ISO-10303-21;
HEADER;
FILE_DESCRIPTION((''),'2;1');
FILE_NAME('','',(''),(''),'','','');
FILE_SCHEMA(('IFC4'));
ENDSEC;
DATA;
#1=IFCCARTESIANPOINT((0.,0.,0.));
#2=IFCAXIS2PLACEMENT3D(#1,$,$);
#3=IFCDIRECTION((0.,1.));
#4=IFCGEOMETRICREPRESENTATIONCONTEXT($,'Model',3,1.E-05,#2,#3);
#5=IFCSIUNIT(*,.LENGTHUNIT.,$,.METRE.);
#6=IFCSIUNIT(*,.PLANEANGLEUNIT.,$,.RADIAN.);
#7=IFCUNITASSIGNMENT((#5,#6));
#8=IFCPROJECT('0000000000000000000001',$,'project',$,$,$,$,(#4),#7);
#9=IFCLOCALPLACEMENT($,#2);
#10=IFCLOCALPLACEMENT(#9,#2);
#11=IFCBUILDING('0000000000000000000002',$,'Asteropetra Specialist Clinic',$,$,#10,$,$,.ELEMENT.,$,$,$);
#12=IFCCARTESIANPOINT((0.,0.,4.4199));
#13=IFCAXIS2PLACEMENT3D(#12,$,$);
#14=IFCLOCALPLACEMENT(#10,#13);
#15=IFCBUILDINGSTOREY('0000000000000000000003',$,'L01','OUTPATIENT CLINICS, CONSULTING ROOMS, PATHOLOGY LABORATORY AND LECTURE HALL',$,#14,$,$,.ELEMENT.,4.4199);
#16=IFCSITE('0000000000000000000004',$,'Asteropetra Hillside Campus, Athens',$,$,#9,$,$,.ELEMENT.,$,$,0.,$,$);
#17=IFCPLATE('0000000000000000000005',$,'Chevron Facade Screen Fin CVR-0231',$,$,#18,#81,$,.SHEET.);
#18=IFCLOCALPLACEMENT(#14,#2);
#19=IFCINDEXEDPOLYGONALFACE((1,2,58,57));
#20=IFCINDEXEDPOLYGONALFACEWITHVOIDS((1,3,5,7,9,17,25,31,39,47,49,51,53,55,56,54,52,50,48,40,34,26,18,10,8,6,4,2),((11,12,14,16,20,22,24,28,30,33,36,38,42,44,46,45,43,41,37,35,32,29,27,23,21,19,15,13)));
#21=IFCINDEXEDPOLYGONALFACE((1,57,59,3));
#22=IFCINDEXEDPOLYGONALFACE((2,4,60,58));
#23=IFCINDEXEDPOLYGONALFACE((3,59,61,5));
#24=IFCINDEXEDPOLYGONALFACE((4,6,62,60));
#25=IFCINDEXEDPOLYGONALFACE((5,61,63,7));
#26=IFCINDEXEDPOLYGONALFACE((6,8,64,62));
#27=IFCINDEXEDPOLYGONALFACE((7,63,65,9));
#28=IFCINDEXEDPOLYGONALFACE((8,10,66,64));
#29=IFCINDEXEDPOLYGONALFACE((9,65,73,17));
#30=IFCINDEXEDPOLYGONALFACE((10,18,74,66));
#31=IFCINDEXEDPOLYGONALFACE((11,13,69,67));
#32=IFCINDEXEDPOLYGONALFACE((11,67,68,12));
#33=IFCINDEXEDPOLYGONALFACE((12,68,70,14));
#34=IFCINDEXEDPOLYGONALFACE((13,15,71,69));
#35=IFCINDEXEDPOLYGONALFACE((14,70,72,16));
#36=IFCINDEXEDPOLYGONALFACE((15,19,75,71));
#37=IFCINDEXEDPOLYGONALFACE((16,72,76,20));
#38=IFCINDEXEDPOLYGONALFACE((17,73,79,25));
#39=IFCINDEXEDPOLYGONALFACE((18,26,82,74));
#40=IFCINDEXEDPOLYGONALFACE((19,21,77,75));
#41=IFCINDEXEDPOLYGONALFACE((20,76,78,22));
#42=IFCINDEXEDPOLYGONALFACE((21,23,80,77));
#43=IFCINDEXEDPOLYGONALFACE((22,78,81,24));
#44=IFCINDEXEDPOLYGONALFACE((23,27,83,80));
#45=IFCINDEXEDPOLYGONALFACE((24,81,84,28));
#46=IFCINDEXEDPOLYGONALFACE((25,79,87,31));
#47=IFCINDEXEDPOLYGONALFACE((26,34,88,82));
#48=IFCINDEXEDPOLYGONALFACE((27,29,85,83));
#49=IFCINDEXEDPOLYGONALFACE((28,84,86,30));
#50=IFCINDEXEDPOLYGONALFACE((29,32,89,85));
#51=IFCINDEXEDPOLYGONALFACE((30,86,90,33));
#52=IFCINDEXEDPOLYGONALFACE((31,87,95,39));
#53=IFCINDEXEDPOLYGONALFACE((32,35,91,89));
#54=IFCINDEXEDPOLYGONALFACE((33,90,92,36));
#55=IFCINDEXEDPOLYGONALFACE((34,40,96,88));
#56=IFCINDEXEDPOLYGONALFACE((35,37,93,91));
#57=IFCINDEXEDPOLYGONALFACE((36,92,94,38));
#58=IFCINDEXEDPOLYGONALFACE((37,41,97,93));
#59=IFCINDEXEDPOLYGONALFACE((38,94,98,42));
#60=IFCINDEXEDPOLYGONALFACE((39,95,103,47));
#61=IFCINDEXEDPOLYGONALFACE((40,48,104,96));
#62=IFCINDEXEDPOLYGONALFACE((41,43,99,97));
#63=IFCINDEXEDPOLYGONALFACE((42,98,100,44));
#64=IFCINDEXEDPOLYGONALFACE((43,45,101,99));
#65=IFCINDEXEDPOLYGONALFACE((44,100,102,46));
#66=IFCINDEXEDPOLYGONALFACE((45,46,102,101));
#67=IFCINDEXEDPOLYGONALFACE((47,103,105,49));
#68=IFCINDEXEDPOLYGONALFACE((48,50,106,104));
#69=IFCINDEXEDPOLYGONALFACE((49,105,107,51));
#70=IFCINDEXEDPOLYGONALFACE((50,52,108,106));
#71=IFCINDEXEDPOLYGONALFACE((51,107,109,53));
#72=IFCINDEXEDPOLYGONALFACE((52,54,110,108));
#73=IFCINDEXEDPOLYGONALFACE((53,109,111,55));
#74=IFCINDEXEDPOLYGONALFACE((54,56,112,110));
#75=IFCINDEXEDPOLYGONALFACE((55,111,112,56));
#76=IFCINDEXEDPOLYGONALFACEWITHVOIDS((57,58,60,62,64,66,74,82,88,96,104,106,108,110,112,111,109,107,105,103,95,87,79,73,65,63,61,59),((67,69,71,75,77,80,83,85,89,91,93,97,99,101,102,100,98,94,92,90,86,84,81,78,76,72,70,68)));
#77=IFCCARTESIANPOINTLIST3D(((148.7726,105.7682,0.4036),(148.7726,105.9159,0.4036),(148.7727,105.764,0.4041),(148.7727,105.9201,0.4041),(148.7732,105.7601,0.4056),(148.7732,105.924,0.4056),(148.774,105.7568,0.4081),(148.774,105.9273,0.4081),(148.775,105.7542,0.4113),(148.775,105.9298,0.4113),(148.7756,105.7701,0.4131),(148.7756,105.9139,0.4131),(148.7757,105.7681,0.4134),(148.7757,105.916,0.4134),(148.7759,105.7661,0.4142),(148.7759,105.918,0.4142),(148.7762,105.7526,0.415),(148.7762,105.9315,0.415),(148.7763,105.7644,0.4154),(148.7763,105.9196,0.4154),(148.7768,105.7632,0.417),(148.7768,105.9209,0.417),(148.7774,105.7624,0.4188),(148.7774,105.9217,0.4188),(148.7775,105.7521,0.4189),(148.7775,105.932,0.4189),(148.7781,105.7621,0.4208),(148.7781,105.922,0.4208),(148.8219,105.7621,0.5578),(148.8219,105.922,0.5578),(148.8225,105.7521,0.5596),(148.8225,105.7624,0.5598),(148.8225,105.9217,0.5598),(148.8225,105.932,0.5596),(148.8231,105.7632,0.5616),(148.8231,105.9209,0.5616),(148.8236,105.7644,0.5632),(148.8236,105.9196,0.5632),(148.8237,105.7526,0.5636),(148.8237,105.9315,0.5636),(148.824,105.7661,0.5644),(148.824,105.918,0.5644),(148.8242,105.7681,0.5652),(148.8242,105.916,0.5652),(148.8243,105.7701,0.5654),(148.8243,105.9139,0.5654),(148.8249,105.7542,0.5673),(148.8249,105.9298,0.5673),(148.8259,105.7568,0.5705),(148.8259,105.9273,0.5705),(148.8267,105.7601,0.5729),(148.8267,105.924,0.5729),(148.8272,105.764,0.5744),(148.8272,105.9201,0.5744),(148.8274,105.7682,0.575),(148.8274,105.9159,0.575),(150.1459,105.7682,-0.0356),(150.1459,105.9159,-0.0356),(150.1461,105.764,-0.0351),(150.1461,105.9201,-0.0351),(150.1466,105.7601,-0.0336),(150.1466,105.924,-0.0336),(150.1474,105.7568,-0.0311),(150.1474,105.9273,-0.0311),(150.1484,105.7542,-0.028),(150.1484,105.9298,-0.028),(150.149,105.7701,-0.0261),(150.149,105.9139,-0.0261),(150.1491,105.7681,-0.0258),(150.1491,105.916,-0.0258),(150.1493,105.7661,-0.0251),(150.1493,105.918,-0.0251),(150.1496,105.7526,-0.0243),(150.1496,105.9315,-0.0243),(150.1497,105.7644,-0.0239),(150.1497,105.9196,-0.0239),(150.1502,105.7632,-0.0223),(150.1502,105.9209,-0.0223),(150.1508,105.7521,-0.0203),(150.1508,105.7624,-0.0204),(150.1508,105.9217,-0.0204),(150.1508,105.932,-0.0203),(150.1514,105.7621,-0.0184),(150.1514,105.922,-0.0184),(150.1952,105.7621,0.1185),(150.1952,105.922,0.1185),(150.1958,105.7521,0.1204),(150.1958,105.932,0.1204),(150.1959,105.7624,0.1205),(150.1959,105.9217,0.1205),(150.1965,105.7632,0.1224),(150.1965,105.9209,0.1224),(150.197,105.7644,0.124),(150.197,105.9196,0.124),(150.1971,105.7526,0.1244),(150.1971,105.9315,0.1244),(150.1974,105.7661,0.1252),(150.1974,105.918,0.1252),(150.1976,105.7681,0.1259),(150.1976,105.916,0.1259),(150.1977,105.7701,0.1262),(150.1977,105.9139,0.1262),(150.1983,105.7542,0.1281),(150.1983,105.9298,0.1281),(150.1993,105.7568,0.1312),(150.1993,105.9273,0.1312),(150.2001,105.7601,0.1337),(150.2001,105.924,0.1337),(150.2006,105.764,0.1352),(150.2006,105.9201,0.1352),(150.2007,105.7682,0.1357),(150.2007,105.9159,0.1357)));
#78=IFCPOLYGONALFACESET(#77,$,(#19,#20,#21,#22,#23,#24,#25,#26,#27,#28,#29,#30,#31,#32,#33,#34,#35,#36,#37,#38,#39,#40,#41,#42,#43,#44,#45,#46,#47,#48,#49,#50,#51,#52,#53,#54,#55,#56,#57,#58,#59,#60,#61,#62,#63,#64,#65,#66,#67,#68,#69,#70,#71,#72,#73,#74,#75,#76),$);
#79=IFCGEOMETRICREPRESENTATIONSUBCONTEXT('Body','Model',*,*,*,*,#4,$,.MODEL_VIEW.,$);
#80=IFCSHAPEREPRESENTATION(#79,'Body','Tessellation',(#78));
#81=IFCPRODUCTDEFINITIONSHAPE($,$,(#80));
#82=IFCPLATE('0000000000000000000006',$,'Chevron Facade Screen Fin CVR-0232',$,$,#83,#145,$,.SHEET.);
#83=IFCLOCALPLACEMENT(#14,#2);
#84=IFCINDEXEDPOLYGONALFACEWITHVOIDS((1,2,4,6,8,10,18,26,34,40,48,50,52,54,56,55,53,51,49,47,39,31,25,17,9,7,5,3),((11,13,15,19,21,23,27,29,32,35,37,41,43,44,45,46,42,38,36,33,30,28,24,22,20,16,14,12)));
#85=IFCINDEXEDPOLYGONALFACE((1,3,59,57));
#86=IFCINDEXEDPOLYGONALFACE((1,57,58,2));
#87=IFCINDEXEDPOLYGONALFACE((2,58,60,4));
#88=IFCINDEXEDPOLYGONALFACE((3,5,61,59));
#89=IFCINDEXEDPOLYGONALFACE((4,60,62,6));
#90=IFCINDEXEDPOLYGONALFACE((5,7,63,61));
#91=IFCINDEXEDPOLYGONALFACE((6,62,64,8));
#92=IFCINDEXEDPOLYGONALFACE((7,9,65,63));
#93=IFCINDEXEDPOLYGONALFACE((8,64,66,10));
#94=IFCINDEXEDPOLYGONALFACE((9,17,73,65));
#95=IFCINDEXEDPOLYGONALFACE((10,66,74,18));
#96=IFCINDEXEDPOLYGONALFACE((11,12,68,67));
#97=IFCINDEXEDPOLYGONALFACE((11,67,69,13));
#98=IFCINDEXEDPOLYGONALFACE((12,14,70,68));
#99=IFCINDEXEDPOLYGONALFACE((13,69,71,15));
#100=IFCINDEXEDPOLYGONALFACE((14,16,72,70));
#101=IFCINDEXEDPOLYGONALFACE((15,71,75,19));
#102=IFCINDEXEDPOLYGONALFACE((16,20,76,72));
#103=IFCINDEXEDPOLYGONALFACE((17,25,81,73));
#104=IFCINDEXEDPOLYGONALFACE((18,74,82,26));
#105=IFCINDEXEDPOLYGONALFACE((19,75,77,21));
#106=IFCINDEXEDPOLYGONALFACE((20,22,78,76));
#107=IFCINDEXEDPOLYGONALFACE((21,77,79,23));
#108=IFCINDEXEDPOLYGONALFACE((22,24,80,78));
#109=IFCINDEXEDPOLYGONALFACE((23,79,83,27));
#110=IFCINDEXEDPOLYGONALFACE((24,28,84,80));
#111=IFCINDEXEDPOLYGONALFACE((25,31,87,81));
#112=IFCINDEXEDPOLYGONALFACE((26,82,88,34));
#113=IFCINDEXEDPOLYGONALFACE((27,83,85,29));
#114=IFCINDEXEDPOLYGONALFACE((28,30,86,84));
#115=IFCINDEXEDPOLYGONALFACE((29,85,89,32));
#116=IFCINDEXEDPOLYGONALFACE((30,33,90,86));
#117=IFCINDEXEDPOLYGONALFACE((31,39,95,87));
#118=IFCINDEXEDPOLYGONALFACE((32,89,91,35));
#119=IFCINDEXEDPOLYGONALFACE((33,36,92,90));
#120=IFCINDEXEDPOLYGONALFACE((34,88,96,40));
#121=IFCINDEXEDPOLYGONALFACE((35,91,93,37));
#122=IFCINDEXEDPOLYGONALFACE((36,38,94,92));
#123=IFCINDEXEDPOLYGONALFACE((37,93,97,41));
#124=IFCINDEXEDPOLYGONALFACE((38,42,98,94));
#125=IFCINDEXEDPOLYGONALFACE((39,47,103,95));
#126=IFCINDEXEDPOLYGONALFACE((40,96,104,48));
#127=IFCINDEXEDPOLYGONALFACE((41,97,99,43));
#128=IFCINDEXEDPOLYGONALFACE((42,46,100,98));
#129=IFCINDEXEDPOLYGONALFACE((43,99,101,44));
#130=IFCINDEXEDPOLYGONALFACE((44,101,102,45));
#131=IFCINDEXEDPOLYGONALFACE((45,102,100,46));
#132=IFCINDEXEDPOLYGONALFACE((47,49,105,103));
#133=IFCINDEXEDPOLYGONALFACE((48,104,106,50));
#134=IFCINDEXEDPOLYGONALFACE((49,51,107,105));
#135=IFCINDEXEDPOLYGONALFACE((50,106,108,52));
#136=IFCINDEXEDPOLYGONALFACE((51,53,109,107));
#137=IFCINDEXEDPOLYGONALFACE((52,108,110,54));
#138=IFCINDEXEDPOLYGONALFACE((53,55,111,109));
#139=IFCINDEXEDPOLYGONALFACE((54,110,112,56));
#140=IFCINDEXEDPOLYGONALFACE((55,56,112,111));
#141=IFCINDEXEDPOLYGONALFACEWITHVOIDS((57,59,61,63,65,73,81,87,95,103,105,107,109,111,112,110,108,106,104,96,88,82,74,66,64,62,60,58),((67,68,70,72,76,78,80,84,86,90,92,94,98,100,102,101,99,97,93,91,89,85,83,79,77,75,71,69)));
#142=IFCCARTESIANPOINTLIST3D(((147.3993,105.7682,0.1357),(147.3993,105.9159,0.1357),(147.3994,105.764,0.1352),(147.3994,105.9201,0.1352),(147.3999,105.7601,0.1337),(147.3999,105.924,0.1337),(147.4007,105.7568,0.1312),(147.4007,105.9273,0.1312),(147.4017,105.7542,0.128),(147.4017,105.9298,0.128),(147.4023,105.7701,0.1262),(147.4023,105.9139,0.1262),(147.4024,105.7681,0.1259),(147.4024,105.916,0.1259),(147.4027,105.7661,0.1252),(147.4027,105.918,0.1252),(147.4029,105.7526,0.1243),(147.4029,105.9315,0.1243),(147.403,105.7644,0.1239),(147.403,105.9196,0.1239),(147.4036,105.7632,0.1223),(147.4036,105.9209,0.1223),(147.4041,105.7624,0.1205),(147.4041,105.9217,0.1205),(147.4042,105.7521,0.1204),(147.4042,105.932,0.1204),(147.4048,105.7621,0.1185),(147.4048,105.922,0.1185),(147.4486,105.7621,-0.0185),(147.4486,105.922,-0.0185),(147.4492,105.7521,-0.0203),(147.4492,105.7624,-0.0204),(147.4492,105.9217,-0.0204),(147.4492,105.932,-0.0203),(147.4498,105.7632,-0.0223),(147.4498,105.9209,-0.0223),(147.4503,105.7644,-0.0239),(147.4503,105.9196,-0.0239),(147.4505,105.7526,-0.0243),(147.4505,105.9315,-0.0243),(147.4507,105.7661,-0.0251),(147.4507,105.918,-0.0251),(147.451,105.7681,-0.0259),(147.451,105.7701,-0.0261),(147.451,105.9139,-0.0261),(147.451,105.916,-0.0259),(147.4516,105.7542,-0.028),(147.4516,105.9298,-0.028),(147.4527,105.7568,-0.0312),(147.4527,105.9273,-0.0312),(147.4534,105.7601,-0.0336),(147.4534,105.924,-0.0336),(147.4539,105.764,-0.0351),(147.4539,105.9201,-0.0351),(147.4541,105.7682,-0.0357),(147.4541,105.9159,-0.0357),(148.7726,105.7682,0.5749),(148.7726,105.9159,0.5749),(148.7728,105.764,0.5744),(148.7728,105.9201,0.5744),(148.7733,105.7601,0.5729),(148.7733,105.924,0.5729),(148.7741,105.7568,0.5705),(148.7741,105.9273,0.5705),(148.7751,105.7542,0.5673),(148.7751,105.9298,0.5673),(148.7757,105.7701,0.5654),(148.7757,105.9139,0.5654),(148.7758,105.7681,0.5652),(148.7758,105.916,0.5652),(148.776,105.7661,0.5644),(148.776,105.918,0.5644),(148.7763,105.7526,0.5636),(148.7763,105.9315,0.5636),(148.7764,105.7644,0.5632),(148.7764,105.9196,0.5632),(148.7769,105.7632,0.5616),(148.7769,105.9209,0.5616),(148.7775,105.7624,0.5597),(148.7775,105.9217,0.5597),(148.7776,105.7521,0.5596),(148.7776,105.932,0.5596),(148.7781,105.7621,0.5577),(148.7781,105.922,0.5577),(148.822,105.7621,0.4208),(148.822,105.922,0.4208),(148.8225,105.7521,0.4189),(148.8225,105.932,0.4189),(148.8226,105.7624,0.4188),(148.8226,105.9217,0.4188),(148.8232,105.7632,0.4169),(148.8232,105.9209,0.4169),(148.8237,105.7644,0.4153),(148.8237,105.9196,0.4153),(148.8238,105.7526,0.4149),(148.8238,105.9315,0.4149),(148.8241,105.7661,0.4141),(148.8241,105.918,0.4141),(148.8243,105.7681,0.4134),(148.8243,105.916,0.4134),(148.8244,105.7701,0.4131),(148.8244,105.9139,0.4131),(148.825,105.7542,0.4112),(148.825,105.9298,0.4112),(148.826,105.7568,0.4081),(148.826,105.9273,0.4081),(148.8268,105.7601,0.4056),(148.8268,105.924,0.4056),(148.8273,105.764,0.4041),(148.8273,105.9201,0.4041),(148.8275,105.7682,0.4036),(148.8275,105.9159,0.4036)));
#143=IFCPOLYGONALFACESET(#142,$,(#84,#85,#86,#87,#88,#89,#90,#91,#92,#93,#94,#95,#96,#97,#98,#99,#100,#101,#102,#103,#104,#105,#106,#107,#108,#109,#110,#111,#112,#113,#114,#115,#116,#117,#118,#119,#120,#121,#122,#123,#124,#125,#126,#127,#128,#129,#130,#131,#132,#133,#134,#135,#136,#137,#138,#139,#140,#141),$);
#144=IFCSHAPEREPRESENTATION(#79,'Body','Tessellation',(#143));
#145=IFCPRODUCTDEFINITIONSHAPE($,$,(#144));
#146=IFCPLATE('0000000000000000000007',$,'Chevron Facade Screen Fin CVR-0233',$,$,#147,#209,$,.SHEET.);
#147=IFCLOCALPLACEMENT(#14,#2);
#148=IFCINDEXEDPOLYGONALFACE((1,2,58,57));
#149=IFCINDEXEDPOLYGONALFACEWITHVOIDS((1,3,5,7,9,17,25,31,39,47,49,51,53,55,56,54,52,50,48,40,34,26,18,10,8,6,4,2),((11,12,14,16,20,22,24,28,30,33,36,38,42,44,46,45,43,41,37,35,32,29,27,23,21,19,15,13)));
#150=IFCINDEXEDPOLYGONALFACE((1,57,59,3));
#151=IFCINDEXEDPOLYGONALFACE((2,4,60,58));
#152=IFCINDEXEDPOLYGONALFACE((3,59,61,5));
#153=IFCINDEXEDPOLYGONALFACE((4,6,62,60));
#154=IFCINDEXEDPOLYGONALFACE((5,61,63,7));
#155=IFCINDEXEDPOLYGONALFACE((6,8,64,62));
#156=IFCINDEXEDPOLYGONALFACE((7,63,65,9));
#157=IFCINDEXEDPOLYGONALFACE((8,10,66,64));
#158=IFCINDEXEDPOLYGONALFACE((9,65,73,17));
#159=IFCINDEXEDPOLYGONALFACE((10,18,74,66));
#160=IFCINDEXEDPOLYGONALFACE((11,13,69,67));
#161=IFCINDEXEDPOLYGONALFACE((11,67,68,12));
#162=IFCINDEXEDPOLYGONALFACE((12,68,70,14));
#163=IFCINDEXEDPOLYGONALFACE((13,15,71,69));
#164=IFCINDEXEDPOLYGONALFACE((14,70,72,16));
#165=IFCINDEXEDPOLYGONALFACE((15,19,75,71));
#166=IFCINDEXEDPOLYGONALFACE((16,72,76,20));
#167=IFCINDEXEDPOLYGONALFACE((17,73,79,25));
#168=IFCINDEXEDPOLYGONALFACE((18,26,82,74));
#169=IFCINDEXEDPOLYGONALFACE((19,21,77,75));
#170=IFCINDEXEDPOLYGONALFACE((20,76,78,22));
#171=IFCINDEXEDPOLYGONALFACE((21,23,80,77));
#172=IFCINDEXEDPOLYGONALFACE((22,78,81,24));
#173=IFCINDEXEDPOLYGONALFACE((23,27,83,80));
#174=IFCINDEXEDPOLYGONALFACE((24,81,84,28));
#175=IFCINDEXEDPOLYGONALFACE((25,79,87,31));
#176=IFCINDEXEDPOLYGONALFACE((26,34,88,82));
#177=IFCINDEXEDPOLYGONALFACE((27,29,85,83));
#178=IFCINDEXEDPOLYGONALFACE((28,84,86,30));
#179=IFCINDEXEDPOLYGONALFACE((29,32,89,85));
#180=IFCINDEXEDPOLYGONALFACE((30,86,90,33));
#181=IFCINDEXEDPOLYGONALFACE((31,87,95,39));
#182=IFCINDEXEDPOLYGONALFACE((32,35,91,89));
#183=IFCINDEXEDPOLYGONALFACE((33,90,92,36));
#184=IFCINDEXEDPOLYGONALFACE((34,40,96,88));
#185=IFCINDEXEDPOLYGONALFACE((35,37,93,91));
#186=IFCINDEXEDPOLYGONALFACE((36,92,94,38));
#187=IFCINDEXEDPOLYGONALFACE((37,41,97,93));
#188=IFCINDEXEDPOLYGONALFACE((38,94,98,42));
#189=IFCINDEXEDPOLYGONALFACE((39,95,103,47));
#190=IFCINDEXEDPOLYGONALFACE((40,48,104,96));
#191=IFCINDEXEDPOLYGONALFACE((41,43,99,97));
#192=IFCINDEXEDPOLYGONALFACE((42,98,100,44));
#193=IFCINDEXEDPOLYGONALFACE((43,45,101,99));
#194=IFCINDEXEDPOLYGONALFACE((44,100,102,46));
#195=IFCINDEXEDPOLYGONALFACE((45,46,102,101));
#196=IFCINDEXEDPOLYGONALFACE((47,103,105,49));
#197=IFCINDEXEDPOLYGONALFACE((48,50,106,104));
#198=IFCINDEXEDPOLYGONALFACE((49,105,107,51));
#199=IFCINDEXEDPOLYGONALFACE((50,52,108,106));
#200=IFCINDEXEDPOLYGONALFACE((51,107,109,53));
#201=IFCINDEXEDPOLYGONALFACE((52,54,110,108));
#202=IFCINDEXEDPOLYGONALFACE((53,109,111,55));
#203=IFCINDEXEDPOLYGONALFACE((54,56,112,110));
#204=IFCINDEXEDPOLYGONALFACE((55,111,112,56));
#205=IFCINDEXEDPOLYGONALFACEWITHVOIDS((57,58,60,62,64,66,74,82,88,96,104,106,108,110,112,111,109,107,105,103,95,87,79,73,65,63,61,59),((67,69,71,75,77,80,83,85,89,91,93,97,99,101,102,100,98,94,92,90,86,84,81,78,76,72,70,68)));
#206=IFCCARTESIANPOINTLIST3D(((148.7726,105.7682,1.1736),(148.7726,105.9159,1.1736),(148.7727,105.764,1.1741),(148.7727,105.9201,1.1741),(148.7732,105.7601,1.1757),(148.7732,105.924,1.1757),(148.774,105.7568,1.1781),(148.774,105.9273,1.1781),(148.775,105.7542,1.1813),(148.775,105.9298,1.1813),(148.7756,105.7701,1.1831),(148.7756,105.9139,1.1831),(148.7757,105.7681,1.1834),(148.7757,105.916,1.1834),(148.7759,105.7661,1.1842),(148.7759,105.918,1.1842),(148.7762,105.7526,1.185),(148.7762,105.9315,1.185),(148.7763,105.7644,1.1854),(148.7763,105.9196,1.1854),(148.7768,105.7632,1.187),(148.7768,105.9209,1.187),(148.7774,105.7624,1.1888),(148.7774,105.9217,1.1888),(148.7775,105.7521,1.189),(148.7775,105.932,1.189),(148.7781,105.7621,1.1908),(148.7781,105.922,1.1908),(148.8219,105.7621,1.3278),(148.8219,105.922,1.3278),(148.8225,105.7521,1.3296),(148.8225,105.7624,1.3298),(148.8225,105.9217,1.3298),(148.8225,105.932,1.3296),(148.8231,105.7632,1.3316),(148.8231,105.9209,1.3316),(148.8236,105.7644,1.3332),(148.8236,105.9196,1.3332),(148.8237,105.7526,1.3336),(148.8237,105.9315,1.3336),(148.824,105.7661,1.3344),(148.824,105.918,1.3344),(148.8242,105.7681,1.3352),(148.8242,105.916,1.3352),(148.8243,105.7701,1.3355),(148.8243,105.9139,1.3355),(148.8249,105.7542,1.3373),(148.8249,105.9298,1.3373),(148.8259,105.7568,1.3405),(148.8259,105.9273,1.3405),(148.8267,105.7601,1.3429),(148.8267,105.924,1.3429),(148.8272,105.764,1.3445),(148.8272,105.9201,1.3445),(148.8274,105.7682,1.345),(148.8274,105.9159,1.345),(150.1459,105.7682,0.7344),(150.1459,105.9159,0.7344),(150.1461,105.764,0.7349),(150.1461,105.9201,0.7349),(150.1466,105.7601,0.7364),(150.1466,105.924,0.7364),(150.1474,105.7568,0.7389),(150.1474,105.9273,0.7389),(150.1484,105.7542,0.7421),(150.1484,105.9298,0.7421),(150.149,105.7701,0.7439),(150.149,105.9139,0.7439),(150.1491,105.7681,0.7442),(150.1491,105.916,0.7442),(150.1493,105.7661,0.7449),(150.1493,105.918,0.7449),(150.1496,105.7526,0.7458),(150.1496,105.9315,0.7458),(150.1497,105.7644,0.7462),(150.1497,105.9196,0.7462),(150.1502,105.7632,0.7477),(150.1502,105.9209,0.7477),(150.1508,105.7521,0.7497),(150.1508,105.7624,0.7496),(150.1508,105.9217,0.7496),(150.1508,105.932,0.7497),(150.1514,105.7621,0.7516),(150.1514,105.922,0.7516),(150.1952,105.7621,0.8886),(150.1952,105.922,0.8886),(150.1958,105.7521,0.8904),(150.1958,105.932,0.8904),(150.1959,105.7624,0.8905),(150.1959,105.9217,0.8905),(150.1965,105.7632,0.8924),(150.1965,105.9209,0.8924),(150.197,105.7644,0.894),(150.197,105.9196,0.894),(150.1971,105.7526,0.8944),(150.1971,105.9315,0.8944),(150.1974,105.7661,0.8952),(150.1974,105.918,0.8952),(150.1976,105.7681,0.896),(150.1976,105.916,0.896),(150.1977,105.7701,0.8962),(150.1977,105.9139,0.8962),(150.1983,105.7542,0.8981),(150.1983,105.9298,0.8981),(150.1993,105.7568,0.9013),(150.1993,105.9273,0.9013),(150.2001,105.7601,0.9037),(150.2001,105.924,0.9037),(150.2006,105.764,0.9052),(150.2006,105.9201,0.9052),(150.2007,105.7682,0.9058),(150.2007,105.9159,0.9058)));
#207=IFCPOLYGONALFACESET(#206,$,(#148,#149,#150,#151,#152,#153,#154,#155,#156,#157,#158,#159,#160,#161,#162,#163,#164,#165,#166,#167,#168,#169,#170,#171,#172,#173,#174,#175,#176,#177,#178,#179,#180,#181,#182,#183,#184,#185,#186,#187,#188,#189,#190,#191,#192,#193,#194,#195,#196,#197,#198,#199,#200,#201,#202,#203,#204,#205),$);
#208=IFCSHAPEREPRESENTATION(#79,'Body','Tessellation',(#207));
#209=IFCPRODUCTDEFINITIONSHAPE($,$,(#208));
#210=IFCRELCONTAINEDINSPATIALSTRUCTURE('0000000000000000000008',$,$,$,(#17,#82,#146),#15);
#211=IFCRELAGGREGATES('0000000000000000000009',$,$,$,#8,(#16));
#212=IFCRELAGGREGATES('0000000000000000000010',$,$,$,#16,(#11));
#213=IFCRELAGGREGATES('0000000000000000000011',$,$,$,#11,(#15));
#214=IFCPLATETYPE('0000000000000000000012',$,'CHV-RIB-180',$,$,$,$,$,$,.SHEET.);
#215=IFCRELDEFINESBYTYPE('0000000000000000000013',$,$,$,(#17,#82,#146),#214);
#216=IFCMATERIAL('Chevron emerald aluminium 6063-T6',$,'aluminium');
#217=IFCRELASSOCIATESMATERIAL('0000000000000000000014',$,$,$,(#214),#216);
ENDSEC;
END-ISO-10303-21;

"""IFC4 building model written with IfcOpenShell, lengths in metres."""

from ifc_helpers import new_model, si_unit, direction, frame, origin, origin_2d, place, context, subcontext, project, spatial, hollow_rectangle, extrude, material, material_profile, profile_set, type_object, element, save


model = new_model("IFC4")

# Units and contexts
model_context = context("Model", 3, precision=1e-05, world=origin(), true_north=direction((0.0, 1.0)))
body_context = subcontext(model_context, "Body", "Model", "MODEL_VIEW")
ifc_project = project(units=[si_unit("LENGTHUNIT", "METRE"), si_unit("PLANEANGLEUNIT", "RADIAN")], contexts=[model_context])

# Site, building, storey
site_placement = place(None, origin())
site = spatial("IfcSite", under=ifc_project, at=site_placement, Name="Asteropetra Hillside Campus, Athens", CompositionType="ELEMENT", RefElevation=0.0)
building_placement = place(site_placement, origin())
building = spatial("IfcBuilding", under=site, at=building_placement, Name="Asteropetra Specialist Clinic", CompositionType="ELEMENT")
storey_placement = place(building_placement, frame((0.0, 0.0, 4.4199)))
storey = spatial("IfcBuildingStorey", under=building, at=storey_placement, Name="L01", Description="OUTPATIENT CLINICS, CONSULTING ROOMS, PATHOLOGY LABORATORY AND LECTURE HALL", CompositionType="ELEMENT", Elevation=4.4199)

# Plates
ifc_material_1 = material(Name="Chevron emerald aluminium 6063-T6", Category="aluminium")
ifc_material_profile = material_profile(ifc_material_1, hollow_rectangle(XDim=0.1799, YDim=0.1799, WallThickness=0.01, InnerFilletRadius=0.0081, OuterFilletRadius=0.0161, at=origin_2d()), Name="SHS 180x180x10.0")
ifc_profile_set = profile_set([ifc_material_profile], Name="Chevron emerald aluminium 6063-T6")
plate_type = type_object("IfcPlateType", Name="CHV-RIB-180", PredefinedType="SHEET", material=ifc_profile_set)
for number, where, z_axis, x_axis, name in (
    (1, (150.1733, 105.842, 0.05), (-0.952473, 0.0, 0.304622), (0.0, -1.0, 0.0), "Chevron Facade Screen Fin CVR-0231"),
    (2, (148.8, 105.842, 0.4893), (-0.952473, 0.0, -0.304622), (0.0, -1.0, 0.0), "Chevron Facade Screen Fin CVR-0232"),
    (3, (150.1733, 105.842, 0.8201), (-0.952473, 0.0, 0.304622), (0.0, -1.0, 0.0), "Chevron Facade Screen Fin CVR-0233"),
):
    element("IfcPlate", number, at=place(storey_placement, frame(where, z_axis=z_axis, x_axis=x_axis)), inside=storey, type_object=plate_type, Name=name, PredefinedType="SHEET", context=body_context, shape_type="SweptSolid", body=[
        extrude(hollow_rectangle(XDim=0.1799, YDim=0.1799, WallThickness=0.01, InnerFilletRadius=0.0081, OuterFilletRadius=0.0161, at=origin_2d()), origin(), (0.0, 0.0, 1.0), 1.4419),
    ])

save(model, "model.ifc")
